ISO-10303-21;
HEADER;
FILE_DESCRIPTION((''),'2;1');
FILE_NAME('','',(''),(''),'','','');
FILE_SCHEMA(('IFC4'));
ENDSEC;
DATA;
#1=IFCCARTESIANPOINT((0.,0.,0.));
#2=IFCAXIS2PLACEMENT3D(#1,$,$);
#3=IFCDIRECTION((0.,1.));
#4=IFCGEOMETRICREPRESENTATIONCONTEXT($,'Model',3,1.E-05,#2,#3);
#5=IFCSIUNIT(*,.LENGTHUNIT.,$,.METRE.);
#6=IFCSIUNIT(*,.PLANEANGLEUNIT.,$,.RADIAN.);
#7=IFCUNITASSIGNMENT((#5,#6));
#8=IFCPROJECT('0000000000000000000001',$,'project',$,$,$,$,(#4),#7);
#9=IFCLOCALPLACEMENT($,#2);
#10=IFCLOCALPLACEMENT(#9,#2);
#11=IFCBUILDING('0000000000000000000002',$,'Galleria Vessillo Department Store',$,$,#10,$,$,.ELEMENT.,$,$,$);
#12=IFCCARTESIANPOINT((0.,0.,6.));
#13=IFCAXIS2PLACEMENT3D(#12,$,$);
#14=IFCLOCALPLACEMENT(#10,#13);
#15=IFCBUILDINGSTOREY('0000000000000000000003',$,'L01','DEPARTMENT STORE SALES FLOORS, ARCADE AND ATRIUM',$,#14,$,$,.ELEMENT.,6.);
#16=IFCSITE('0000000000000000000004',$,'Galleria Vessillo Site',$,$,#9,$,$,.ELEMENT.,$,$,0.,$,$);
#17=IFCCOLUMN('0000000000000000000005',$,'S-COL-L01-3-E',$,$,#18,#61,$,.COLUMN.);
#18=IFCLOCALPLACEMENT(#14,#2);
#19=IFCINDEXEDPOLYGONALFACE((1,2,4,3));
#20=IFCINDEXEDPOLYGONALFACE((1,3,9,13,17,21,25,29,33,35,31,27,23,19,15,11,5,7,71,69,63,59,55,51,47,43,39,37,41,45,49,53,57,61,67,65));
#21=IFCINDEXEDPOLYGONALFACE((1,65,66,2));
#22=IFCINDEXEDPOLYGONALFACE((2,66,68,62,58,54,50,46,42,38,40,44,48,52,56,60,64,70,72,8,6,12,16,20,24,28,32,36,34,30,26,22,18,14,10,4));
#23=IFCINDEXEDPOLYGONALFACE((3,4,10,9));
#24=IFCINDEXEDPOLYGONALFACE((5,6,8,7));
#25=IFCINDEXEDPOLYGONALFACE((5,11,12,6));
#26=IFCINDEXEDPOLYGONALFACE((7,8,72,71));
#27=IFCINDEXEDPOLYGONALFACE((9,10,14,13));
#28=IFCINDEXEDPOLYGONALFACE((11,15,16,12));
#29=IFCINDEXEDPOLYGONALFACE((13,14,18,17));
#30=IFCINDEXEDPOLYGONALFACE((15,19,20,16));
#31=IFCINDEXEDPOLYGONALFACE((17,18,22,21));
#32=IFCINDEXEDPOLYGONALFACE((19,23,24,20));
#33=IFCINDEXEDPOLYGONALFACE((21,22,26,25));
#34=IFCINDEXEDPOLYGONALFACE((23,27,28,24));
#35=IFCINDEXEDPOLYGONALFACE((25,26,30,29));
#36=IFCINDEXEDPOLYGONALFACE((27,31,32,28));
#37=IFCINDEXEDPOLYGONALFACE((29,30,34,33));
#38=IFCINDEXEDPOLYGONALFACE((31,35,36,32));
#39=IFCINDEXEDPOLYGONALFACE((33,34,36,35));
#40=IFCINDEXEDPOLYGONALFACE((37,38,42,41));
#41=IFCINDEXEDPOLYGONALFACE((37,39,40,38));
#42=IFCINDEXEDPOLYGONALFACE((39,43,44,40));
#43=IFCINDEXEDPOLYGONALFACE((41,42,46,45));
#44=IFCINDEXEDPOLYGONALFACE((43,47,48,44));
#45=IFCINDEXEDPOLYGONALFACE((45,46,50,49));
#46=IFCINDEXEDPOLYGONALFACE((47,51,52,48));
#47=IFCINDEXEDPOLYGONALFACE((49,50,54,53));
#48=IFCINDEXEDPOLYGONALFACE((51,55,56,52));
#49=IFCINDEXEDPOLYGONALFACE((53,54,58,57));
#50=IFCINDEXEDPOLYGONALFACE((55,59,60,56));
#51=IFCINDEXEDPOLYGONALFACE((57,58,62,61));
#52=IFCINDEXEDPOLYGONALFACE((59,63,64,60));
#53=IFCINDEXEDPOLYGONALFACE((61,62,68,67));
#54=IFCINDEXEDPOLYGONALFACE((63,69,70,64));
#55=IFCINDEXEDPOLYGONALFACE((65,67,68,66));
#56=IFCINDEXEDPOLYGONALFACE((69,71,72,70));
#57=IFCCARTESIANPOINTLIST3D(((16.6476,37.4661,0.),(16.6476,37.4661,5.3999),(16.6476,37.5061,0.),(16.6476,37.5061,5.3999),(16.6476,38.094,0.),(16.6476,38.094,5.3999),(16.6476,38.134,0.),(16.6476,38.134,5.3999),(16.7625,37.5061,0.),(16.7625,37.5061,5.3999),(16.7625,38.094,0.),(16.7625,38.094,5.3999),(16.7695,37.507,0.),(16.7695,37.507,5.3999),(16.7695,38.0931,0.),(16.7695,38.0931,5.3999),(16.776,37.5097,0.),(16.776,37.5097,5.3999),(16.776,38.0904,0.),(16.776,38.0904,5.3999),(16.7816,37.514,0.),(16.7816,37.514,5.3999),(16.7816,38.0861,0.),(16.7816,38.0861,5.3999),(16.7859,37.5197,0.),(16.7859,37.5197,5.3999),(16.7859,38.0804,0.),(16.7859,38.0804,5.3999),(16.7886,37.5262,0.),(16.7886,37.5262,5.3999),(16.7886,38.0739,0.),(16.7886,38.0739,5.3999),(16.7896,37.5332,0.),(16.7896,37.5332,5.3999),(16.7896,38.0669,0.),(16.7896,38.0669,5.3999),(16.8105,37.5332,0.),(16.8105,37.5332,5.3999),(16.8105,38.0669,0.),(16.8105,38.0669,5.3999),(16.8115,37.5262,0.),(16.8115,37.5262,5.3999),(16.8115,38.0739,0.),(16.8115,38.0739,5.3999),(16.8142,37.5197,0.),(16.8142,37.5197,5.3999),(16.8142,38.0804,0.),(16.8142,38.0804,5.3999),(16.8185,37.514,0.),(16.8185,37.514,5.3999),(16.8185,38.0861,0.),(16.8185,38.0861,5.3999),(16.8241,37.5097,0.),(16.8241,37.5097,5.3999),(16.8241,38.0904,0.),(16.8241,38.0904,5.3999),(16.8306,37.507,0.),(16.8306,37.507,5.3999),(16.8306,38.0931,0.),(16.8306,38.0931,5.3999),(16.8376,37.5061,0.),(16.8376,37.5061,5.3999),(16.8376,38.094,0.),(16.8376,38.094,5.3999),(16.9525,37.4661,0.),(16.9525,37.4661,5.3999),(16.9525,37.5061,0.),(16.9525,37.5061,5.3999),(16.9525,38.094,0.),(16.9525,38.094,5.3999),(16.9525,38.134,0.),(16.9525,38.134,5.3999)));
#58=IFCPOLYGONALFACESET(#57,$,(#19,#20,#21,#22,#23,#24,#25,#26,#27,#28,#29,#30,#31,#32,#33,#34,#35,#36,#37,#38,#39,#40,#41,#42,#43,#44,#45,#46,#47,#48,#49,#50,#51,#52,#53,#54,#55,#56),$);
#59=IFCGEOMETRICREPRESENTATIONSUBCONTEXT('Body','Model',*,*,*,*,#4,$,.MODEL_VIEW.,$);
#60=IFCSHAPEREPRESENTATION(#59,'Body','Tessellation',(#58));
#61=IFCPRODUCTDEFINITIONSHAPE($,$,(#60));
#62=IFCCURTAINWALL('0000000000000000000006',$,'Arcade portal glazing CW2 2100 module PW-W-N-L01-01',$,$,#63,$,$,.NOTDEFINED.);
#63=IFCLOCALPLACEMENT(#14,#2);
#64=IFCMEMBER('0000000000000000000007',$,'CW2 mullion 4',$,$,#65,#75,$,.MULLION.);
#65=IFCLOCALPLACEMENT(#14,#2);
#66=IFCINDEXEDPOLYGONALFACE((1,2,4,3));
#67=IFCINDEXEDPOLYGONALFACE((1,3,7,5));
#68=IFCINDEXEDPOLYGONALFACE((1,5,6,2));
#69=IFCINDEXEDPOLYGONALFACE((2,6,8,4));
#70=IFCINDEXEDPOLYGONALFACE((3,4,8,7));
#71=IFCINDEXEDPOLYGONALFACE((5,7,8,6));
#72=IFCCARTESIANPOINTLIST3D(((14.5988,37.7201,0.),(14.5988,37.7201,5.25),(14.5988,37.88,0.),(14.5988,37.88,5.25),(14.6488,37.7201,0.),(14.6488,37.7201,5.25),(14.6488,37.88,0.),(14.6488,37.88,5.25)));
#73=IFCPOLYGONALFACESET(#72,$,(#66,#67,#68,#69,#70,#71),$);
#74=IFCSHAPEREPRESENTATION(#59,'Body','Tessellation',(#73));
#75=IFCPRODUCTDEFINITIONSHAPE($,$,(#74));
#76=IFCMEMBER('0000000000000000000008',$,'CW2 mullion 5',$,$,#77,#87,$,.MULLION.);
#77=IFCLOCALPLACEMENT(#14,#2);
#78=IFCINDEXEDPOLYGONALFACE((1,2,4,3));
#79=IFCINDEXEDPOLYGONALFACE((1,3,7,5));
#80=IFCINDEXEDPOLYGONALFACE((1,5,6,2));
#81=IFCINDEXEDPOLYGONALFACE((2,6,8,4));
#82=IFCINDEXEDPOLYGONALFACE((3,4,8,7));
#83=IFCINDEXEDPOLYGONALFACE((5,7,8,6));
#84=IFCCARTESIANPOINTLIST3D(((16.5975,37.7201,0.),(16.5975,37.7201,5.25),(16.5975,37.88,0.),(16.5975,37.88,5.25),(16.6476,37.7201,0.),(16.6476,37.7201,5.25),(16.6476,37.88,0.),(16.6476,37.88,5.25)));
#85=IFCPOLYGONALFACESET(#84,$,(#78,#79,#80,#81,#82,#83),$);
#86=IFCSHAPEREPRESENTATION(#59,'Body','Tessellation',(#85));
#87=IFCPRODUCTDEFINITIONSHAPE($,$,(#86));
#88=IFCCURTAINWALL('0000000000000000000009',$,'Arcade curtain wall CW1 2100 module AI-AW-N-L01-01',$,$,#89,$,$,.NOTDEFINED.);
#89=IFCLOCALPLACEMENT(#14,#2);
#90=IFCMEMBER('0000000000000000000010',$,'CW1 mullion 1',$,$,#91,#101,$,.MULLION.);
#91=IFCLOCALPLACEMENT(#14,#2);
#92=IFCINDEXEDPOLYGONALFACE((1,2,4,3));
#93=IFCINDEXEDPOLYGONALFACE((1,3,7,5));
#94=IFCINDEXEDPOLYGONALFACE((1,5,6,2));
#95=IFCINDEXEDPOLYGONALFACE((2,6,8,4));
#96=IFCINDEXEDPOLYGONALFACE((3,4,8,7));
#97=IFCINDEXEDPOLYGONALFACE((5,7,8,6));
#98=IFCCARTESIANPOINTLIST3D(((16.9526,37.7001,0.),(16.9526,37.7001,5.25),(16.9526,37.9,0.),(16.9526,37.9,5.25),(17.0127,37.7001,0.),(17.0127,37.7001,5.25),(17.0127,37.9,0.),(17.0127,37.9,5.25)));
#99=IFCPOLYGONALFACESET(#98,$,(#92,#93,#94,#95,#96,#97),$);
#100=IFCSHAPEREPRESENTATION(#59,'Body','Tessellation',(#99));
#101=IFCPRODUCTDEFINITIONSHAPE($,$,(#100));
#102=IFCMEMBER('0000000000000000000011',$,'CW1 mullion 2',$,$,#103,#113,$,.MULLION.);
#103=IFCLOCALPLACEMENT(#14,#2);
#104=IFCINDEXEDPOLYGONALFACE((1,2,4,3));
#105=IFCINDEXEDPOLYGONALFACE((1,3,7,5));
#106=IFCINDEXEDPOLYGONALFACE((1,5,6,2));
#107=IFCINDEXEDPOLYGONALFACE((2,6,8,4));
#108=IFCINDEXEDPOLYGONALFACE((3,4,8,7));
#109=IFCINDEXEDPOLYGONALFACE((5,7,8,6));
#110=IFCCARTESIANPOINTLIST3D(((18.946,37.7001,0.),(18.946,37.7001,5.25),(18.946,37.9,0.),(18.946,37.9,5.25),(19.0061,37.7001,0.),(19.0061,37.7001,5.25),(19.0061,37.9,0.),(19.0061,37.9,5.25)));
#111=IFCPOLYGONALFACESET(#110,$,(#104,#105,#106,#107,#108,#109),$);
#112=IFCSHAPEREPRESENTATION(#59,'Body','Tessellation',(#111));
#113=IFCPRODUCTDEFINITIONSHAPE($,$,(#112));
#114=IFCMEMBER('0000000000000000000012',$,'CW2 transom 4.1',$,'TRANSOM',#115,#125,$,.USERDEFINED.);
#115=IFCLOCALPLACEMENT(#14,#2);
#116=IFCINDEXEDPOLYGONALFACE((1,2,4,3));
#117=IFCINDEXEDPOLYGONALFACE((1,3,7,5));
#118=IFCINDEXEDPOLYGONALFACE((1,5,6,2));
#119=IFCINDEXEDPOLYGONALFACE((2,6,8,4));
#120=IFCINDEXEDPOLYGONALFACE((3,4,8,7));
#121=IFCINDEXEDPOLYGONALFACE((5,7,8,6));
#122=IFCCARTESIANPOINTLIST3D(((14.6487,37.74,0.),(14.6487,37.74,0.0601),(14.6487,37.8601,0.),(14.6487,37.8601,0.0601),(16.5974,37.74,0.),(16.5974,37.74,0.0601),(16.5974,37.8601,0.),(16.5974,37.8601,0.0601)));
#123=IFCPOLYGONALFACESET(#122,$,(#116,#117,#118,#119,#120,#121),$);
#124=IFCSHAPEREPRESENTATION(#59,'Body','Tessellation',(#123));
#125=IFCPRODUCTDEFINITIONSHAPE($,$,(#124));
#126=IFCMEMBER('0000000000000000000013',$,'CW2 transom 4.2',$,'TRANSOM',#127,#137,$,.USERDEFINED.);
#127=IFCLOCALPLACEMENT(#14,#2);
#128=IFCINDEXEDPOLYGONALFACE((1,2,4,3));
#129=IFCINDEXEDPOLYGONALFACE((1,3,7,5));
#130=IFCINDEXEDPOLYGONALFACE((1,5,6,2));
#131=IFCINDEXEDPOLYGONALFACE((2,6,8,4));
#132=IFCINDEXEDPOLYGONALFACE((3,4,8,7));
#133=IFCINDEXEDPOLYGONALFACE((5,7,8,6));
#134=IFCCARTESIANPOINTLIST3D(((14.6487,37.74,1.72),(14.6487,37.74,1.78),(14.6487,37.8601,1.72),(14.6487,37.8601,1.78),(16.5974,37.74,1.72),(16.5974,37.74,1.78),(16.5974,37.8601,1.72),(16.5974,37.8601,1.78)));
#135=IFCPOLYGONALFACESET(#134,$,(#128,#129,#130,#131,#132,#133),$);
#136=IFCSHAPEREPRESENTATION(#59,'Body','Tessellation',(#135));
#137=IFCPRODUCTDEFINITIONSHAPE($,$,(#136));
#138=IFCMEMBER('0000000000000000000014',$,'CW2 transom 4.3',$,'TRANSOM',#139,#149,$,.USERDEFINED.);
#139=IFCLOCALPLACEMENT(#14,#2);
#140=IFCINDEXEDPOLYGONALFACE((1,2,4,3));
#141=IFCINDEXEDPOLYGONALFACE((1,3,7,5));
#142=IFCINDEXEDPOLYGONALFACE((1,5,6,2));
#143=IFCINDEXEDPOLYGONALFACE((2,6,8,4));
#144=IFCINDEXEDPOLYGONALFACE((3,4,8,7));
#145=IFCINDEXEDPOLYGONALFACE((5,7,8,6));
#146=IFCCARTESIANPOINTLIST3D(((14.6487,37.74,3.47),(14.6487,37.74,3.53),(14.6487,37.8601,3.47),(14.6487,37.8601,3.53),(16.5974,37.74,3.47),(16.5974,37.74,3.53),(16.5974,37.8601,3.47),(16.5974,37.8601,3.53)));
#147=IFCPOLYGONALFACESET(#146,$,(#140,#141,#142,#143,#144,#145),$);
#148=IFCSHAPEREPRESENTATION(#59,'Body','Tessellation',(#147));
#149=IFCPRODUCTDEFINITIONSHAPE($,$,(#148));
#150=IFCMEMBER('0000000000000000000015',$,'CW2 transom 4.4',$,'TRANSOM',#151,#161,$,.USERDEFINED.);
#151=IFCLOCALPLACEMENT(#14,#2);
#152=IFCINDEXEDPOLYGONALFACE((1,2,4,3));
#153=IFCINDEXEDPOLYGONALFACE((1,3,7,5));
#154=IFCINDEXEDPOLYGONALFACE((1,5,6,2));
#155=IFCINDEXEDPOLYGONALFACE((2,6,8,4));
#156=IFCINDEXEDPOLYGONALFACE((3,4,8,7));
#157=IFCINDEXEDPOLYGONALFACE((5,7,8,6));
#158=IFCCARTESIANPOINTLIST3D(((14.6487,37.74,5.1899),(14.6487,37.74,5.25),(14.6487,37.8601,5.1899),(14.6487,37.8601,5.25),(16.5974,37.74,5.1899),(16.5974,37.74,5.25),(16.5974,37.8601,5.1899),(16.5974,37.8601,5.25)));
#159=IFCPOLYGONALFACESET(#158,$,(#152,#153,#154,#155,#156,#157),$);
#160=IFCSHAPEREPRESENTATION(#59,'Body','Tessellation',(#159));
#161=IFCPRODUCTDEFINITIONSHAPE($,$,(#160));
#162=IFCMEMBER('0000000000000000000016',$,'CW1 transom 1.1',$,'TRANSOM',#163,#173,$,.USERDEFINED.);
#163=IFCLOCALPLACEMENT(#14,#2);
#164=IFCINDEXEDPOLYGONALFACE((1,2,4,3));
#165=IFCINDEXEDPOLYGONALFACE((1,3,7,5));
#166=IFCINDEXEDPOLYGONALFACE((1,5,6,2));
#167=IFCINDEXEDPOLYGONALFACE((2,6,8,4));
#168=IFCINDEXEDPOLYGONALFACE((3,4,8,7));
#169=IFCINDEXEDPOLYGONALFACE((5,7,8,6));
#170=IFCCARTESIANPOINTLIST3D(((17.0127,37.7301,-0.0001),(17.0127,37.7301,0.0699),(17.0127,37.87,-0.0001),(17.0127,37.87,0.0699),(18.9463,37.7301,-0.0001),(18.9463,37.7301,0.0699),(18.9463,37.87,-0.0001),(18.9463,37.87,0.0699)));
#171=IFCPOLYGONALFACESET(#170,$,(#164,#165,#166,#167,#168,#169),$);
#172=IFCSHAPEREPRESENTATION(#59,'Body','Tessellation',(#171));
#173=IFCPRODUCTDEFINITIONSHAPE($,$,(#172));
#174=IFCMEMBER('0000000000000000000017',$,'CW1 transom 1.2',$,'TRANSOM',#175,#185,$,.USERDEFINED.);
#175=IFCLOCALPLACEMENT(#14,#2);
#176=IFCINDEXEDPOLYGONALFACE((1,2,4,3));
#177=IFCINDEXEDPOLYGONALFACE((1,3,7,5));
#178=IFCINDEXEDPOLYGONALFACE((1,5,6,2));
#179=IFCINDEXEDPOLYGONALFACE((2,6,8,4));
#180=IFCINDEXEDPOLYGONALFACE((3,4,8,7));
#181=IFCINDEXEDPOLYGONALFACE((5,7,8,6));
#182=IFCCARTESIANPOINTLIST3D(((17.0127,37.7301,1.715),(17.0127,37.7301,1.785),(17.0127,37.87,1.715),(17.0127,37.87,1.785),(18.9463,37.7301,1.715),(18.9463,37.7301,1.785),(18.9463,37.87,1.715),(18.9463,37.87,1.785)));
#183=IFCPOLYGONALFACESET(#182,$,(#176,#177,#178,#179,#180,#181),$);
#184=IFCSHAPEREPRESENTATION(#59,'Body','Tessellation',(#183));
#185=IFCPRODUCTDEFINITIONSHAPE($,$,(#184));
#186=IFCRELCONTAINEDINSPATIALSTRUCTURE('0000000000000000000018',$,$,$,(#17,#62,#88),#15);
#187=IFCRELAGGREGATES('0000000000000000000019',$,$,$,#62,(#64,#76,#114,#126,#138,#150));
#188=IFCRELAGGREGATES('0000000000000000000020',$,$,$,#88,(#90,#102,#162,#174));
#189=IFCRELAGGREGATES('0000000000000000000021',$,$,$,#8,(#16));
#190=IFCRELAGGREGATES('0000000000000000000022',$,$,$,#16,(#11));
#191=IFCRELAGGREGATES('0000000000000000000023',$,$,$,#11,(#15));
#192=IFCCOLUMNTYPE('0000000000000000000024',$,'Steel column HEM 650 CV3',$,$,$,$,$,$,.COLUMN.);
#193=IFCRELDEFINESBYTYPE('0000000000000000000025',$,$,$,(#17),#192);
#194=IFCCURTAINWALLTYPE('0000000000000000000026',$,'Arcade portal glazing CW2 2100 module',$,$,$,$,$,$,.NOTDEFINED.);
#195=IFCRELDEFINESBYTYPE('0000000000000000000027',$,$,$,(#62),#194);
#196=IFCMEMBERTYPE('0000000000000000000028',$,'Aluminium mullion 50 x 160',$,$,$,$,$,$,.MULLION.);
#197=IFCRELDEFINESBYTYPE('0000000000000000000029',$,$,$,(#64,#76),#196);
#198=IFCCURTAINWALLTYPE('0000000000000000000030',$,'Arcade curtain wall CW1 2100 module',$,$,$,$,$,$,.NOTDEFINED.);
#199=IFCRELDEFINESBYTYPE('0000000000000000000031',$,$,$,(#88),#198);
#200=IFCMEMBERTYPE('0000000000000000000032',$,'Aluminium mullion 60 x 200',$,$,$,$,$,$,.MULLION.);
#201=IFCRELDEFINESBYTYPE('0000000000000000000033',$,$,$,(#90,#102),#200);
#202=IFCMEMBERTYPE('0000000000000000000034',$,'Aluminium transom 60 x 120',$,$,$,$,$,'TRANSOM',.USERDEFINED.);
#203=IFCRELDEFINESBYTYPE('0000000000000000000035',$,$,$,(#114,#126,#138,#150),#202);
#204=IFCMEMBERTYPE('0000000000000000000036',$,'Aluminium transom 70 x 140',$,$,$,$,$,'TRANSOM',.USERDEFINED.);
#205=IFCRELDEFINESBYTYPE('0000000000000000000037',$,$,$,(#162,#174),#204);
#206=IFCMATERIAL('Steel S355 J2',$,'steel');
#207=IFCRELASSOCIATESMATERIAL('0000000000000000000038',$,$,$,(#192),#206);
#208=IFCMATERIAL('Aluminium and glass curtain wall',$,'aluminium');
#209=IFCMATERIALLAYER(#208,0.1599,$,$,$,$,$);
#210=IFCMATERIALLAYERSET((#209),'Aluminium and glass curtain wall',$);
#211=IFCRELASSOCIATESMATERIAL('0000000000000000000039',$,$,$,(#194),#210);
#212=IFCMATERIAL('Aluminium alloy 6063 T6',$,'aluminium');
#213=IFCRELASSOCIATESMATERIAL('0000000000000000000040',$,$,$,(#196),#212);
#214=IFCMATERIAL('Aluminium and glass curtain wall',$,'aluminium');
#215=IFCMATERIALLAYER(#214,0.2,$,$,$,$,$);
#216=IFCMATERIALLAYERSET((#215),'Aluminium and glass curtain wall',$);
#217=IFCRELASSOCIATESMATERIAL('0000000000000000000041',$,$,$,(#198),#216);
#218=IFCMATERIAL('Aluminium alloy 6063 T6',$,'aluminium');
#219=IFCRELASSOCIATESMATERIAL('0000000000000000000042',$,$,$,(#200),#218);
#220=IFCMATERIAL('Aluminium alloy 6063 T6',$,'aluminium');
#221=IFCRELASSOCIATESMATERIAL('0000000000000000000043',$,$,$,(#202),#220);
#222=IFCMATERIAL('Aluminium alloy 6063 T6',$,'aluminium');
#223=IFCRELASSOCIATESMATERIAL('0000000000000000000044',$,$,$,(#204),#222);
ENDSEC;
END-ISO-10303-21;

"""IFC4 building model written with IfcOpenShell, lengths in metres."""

from ifc_helpers import new_model, si_unit, direction, frame, origin, origin_2d, place, context, subcontext, project, spatial, rectangle, i_section, extrude, material, layer, layer_set, material_profile, profile_set, type_object, element, aggregate, save


model = new_model("IFC4")

# Units and contexts
model_context = context("Model", 3, precision=1e-05, world=origin(), true_north=direction((0.0, 1.0)))
body_context = subcontext(model_context, "Body", "Model", "MODEL_VIEW")
ifc_project = project(units=[si_unit("LENGTHUNIT", "METRE"), si_unit("PLANEANGLEUNIT", "RADIAN")], contexts=[model_context])

# Site, building, storey
site_placement = place(None, origin())
site = spatial("IfcSite", under=ifc_project, at=site_placement, Name="Galleria Vessillo Site", CompositionType="ELEMENT", RefElevation=0.0)
building_placement = place(site_placement, origin())
building = spatial("IfcBuilding", under=site, at=building_placement, Name="Galleria Vessillo Department Store", CompositionType="ELEMENT")
storey_placement = place(building_placement, frame((0.0, 0.0, 6.0)))
storey = spatial("IfcBuildingStorey", under=building, at=storey_placement, Name="L01", Description="DEPARTMENT STORE SALES FLOORS, ARCADE AND ATRIUM", CompositionType="ELEMENT", Elevation=6.0)

# Column
ifc_material_1 = material(Name="Steel S355 J2", Category="steel")
ifc_material_profile_1 = material_profile(ifc_material_1, i_section(OverallWidth=0.3049, OverallDepth=0.668, WebThickness=0.021, FlangeThickness=0.04, FilletRadius=0.0271, at=origin_2d()), Name="HEM 650")
ifc_profile_set_1 = profile_set([ifc_material_profile_1], Name="Steel S355 J2")
column_type = type_object("IfcColumnType", Name="Steel column HEM 650 CV3", PredefinedType="COLUMN", material=ifc_profile_set_1)
column_placement = place(storey_placement, frame((16.8, 37.8, 0.0), z_axis=(0.0, 0.0, 1.0), x_axis=(1.0, 0.0, 0.0)))
element("IfcColumn", 1, at=column_placement, inside=storey, type_object=column_type, Name="S-COL-L01-3-E", PredefinedType="COLUMN", context=body_context, shape_type="SweptSolid", body=[
    extrude(i_section(OverallWidth=0.3049, OverallDepth=0.668, WebThickness=0.021, FlangeThickness=0.04, FilletRadius=0.0271, at=origin_2d()), origin(), (0.0, 0.0, 1.0), 5.3999),
])

# Curtain walls, members
ifc_material_2 = material(Name="Aluminium and glass curtain wall", Category="aluminium")
ifc_layer_1 = layer(ifc_material_2, 0.1599)
ifc_layer_set_1 = layer_set([ifc_layer_1], Name="Aluminium and glass curtain wall")
curtain_wall_type_1 = type_object("IfcCurtainWallType", Name="Arcade portal glazing CW2 2100 module", PredefinedType="NOTDEFINED", material=ifc_layer_set_1)
curtain_wall_1_placement = place(storey_placement, origin())
curtain_wall_1 = element("IfcCurtainWall", 2, at=curtain_wall_1_placement, inside=storey, type_object=curtain_wall_type_1, Name="Arcade portal glazing CW2 2100 module PW-W-N-L01-01", PredefinedType="NOTDEFINED")
ifc_material_3 = material(Name="Aluminium alloy 6063 T6", Category="aluminium")
ifc_material_profile_2 = material_profile(ifc_material_3, rectangle(XDim=0.1599, YDim=0.05, at=origin_2d()), Name="AL 50x160")
ifc_profile_set_2 = profile_set([ifc_material_profile_2], Name="Aluminium alloy 6063 T6")
member_type_1 = type_object("IfcMemberType", Name="Aluminium mullion 50 x 160", PredefinedType="MULLION", material=ifc_profile_set_2)
member_1_placement = place(storey_placement, frame((14.6238, 37.8, 0.0), z_axis=(0.0, 0.0, 1.0), x_axis=(0.0, 1.0, 0.0)))
member_1 = element("IfcMember", 3, at=member_1_placement, type_object=member_type_1, Name="CW2 mullion 4", PredefinedType="MULLION", context=body_context, shape_type="SweptSolid", body=[
    extrude(rectangle(XDim=0.1599, YDim=0.05, at=origin_2d()), origin(), (0.0, 0.0, 1.0), 5.25),
])
member_2_placement = place(storey_placement, frame((16.6226, 37.8, 0.0), z_axis=(0.0, 0.0, 1.0), x_axis=(0.0, 1.0, 0.0)))
member_2 = element("IfcMember", 4, at=member_2_placement, type_object=member_type_1, Name="CW2 mullion 5", PredefinedType="MULLION", context=body_context, shape_type="SweptSolid", body=[
    extrude(rectangle(XDim=0.1599, YDim=0.05, at=origin_2d()), origin(), (0.0, 0.0, 1.0), 5.25),
])
ifc_material_4 = material(Name="Aluminium and glass curtain wall", Category="aluminium")
ifc_layer_2 = layer(ifc_material_4, 0.2)
ifc_layer_set_2 = layer_set([ifc_layer_2], Name="Aluminium and glass curtain wall")
curtain_wall_type_2 = type_object("IfcCurtainWallType", Name="Arcade curtain wall CW1 2100 module", PredefinedType="NOTDEFINED", material=ifc_layer_set_2)
curtain_wall_2_placement = place(storey_placement, origin())
curtain_wall_2 = element("IfcCurtainWall", 5, at=curtain_wall_2_placement, inside=storey, type_object=curtain_wall_type_2, Name="Arcade curtain wall CW1 2100 module AI-AW-N-L01-01", PredefinedType="NOTDEFINED")
ifc_material_5 = material(Name="Aluminium alloy 6063 T6", Category="aluminium")
ifc_material_profile_3 = material_profile(ifc_material_5, rectangle(XDim=0.2, YDim=0.0601, at=origin_2d()), Name="AL 60x200")
ifc_profile_set_3 = profile_set([ifc_material_profile_3], Name="Aluminium alloy 6063 T6")
member_type_2 = type_object("IfcMemberType", Name="Aluminium mullion 60 x 200", PredefinedType="MULLION", material=ifc_profile_set_3)
member_3_placement = place(storey_placement, frame((16.9827, 37.8, 0.0), z_axis=(0.0, 0.0, 1.0), x_axis=(0.0, 1.0, 0.0)))
member_3 = element("IfcMember", 6, at=member_3_placement, type_object=member_type_2, Name="CW1 mullion 1", PredefinedType="MULLION", context=body_context, shape_type="SweptSolid", body=[
    extrude(rectangle(XDim=0.2, YDim=0.0601, at=origin_2d()), origin(), (0.0, 0.0, 1.0), 5.25),
])
member_4_placement = place(storey_placement, frame((18.9761, 37.8, 0.0), z_axis=(0.0, 0.0, 1.0), x_axis=(0.0, 1.0, 0.0)))
member_4 = element("IfcMember", 7, at=member_4_placement, type_object=member_type_2, Name="CW1 mullion 2", PredefinedType="MULLION", context=body_context, shape_type="SweptSolid", body=[
    extrude(rectangle(XDim=0.2, YDim=0.0601, at=origin_2d()), origin(), (0.0, 0.0, 1.0), 5.25),
])

# Members
ifc_material_6 = material(Name="Aluminium alloy 6063 T6", Category="aluminium")
ifc_material_profile_4 = material_profile(ifc_material_6, rectangle(XDim=0.1201, YDim=0.0601, at=origin_2d()), Name="AL 60x120")
ifc_profile_set_4 = profile_set([ifc_material_profile_4], Name="Aluminium alloy 6063 T6")
member_type_3 = type_object("IfcMemberType", Name="Aluminium transom 60 x 120", ElementType="TRANSOM", PredefinedType="USERDEFINED", material=ifc_profile_set_4)
member_5_placement = place(storey_placement, frame((14.6487, 37.8, 0.03), z_axis=(1.0, 0.0, 0.0), x_axis=(0.0, 1.0, 0.0)))
member_5 = element("IfcMember", 8, at=member_5_placement, type_object=member_type_3, Name="CW2 transom 4.1", ObjectType="TRANSOM", PredefinedType="USERDEFINED", context=body_context, shape_type="SweptSolid", body=[
    extrude(rectangle(XDim=0.1201, YDim=0.0601, at=origin_2d()), origin(), (0.0, 0.0, 1.0), 1.9487),
])
member_6_placement = place(storey_placement, frame((14.6487, 37.8, 1.75), z_axis=(1.0, 0.0, 0.0), x_axis=(0.0, 1.0, 0.0)))
member_6 = element("IfcMember", 9, at=member_6_placement, type_object=member_type_3, Name="CW2 transom 4.2", ObjectType="TRANSOM", PredefinedType="USERDEFINED", context=body_context, shape_type="SweptSolid", body=[
    extrude(rectangle(XDim=0.1201, YDim=0.0601, at=origin_2d()), origin(), (0.0, 0.0, 1.0), 1.9487),
])
member_7_placement = place(storey_placement, frame((14.6487, 37.8, 3.5), z_axis=(1.0, 0.0, 0.0), x_axis=(0.0, 1.0, 0.0)))
member_7 = element("IfcMember", 10, at=member_7_placement, type_object=member_type_3, Name="CW2 transom 4.3", ObjectType="TRANSOM", PredefinedType="USERDEFINED", context=body_context, shape_type="SweptSolid", body=[
    extrude(rectangle(XDim=0.1201, YDim=0.0601, at=origin_2d()), origin(), (0.0, 0.0, 1.0), 1.9487),
])
member_8_placement = place(storey_placement, frame((14.6487, 37.8, 5.22), z_axis=(1.0, 0.0, 0.0), x_axis=(0.0, 1.0, 0.0)))
member_8 = element("IfcMember", 11, at=member_8_placement, type_object=member_type_3, Name="CW2 transom 4.4", ObjectType="TRANSOM", PredefinedType="USERDEFINED", context=body_context, shape_type="SweptSolid", body=[
    extrude(rectangle(XDim=0.1201, YDim=0.0601, at=origin_2d()), origin(), (0.0, 0.0, 1.0), 1.9487),
])
ifc_material_7 = material(Name="Aluminium alloy 6063 T6", Category="aluminium")
ifc_material_profile_5 = material_profile(ifc_material_7, rectangle(XDim=0.1399, YDim=0.0701, at=origin_2d()), Name="AL 70x140")
ifc_profile_set_5 = profile_set([ifc_material_profile_5], Name="Aluminium alloy 6063 T6")
member_type_4 = type_object("IfcMemberType", Name="Aluminium transom 70 x 140", ElementType="TRANSOM", PredefinedType="USERDEFINED", material=ifc_profile_set_5)
member_9_placement = place(storey_placement, frame((17.0127, 37.8, 0.0349), z_axis=(1.0, 0.0, 0.0), x_axis=(0.0, 1.0, 0.0)))
member_9 = element("IfcMember", 12, at=member_9_placement, type_object=member_type_4, Name="CW1 transom 1.1", ObjectType="TRANSOM", PredefinedType="USERDEFINED", context=body_context, shape_type="SweptSolid", body=[
    extrude(rectangle(XDim=0.1399, YDim=0.0701, at=origin_2d()), origin(), (0.0, 0.0, 1.0), 1.9336),
])
member_10_placement = place(storey_placement, frame((17.0127, 37.8, 1.75), z_axis=(1.0, 0.0, 0.0), x_axis=(0.0, 1.0, 0.0)))
member_10 = element("IfcMember", 13, at=member_10_placement, type_object=member_type_4, Name="CW1 transom 1.2", ObjectType="TRANSOM", PredefinedType="USERDEFINED", context=body_context, shape_type="SweptSolid", body=[
    extrude(rectangle(XDim=0.1399, YDim=0.0701, at=origin_2d()), origin(), (0.0, 0.0, 1.0), 1.9336),
])

aggregate(curtain_wall_1, [member_1, member_2, member_5, member_6, member_7, member_8])
aggregate(curtain_wall_2, [member_3, member_4, member_9, member_10])

save(model, "model.ifc")
